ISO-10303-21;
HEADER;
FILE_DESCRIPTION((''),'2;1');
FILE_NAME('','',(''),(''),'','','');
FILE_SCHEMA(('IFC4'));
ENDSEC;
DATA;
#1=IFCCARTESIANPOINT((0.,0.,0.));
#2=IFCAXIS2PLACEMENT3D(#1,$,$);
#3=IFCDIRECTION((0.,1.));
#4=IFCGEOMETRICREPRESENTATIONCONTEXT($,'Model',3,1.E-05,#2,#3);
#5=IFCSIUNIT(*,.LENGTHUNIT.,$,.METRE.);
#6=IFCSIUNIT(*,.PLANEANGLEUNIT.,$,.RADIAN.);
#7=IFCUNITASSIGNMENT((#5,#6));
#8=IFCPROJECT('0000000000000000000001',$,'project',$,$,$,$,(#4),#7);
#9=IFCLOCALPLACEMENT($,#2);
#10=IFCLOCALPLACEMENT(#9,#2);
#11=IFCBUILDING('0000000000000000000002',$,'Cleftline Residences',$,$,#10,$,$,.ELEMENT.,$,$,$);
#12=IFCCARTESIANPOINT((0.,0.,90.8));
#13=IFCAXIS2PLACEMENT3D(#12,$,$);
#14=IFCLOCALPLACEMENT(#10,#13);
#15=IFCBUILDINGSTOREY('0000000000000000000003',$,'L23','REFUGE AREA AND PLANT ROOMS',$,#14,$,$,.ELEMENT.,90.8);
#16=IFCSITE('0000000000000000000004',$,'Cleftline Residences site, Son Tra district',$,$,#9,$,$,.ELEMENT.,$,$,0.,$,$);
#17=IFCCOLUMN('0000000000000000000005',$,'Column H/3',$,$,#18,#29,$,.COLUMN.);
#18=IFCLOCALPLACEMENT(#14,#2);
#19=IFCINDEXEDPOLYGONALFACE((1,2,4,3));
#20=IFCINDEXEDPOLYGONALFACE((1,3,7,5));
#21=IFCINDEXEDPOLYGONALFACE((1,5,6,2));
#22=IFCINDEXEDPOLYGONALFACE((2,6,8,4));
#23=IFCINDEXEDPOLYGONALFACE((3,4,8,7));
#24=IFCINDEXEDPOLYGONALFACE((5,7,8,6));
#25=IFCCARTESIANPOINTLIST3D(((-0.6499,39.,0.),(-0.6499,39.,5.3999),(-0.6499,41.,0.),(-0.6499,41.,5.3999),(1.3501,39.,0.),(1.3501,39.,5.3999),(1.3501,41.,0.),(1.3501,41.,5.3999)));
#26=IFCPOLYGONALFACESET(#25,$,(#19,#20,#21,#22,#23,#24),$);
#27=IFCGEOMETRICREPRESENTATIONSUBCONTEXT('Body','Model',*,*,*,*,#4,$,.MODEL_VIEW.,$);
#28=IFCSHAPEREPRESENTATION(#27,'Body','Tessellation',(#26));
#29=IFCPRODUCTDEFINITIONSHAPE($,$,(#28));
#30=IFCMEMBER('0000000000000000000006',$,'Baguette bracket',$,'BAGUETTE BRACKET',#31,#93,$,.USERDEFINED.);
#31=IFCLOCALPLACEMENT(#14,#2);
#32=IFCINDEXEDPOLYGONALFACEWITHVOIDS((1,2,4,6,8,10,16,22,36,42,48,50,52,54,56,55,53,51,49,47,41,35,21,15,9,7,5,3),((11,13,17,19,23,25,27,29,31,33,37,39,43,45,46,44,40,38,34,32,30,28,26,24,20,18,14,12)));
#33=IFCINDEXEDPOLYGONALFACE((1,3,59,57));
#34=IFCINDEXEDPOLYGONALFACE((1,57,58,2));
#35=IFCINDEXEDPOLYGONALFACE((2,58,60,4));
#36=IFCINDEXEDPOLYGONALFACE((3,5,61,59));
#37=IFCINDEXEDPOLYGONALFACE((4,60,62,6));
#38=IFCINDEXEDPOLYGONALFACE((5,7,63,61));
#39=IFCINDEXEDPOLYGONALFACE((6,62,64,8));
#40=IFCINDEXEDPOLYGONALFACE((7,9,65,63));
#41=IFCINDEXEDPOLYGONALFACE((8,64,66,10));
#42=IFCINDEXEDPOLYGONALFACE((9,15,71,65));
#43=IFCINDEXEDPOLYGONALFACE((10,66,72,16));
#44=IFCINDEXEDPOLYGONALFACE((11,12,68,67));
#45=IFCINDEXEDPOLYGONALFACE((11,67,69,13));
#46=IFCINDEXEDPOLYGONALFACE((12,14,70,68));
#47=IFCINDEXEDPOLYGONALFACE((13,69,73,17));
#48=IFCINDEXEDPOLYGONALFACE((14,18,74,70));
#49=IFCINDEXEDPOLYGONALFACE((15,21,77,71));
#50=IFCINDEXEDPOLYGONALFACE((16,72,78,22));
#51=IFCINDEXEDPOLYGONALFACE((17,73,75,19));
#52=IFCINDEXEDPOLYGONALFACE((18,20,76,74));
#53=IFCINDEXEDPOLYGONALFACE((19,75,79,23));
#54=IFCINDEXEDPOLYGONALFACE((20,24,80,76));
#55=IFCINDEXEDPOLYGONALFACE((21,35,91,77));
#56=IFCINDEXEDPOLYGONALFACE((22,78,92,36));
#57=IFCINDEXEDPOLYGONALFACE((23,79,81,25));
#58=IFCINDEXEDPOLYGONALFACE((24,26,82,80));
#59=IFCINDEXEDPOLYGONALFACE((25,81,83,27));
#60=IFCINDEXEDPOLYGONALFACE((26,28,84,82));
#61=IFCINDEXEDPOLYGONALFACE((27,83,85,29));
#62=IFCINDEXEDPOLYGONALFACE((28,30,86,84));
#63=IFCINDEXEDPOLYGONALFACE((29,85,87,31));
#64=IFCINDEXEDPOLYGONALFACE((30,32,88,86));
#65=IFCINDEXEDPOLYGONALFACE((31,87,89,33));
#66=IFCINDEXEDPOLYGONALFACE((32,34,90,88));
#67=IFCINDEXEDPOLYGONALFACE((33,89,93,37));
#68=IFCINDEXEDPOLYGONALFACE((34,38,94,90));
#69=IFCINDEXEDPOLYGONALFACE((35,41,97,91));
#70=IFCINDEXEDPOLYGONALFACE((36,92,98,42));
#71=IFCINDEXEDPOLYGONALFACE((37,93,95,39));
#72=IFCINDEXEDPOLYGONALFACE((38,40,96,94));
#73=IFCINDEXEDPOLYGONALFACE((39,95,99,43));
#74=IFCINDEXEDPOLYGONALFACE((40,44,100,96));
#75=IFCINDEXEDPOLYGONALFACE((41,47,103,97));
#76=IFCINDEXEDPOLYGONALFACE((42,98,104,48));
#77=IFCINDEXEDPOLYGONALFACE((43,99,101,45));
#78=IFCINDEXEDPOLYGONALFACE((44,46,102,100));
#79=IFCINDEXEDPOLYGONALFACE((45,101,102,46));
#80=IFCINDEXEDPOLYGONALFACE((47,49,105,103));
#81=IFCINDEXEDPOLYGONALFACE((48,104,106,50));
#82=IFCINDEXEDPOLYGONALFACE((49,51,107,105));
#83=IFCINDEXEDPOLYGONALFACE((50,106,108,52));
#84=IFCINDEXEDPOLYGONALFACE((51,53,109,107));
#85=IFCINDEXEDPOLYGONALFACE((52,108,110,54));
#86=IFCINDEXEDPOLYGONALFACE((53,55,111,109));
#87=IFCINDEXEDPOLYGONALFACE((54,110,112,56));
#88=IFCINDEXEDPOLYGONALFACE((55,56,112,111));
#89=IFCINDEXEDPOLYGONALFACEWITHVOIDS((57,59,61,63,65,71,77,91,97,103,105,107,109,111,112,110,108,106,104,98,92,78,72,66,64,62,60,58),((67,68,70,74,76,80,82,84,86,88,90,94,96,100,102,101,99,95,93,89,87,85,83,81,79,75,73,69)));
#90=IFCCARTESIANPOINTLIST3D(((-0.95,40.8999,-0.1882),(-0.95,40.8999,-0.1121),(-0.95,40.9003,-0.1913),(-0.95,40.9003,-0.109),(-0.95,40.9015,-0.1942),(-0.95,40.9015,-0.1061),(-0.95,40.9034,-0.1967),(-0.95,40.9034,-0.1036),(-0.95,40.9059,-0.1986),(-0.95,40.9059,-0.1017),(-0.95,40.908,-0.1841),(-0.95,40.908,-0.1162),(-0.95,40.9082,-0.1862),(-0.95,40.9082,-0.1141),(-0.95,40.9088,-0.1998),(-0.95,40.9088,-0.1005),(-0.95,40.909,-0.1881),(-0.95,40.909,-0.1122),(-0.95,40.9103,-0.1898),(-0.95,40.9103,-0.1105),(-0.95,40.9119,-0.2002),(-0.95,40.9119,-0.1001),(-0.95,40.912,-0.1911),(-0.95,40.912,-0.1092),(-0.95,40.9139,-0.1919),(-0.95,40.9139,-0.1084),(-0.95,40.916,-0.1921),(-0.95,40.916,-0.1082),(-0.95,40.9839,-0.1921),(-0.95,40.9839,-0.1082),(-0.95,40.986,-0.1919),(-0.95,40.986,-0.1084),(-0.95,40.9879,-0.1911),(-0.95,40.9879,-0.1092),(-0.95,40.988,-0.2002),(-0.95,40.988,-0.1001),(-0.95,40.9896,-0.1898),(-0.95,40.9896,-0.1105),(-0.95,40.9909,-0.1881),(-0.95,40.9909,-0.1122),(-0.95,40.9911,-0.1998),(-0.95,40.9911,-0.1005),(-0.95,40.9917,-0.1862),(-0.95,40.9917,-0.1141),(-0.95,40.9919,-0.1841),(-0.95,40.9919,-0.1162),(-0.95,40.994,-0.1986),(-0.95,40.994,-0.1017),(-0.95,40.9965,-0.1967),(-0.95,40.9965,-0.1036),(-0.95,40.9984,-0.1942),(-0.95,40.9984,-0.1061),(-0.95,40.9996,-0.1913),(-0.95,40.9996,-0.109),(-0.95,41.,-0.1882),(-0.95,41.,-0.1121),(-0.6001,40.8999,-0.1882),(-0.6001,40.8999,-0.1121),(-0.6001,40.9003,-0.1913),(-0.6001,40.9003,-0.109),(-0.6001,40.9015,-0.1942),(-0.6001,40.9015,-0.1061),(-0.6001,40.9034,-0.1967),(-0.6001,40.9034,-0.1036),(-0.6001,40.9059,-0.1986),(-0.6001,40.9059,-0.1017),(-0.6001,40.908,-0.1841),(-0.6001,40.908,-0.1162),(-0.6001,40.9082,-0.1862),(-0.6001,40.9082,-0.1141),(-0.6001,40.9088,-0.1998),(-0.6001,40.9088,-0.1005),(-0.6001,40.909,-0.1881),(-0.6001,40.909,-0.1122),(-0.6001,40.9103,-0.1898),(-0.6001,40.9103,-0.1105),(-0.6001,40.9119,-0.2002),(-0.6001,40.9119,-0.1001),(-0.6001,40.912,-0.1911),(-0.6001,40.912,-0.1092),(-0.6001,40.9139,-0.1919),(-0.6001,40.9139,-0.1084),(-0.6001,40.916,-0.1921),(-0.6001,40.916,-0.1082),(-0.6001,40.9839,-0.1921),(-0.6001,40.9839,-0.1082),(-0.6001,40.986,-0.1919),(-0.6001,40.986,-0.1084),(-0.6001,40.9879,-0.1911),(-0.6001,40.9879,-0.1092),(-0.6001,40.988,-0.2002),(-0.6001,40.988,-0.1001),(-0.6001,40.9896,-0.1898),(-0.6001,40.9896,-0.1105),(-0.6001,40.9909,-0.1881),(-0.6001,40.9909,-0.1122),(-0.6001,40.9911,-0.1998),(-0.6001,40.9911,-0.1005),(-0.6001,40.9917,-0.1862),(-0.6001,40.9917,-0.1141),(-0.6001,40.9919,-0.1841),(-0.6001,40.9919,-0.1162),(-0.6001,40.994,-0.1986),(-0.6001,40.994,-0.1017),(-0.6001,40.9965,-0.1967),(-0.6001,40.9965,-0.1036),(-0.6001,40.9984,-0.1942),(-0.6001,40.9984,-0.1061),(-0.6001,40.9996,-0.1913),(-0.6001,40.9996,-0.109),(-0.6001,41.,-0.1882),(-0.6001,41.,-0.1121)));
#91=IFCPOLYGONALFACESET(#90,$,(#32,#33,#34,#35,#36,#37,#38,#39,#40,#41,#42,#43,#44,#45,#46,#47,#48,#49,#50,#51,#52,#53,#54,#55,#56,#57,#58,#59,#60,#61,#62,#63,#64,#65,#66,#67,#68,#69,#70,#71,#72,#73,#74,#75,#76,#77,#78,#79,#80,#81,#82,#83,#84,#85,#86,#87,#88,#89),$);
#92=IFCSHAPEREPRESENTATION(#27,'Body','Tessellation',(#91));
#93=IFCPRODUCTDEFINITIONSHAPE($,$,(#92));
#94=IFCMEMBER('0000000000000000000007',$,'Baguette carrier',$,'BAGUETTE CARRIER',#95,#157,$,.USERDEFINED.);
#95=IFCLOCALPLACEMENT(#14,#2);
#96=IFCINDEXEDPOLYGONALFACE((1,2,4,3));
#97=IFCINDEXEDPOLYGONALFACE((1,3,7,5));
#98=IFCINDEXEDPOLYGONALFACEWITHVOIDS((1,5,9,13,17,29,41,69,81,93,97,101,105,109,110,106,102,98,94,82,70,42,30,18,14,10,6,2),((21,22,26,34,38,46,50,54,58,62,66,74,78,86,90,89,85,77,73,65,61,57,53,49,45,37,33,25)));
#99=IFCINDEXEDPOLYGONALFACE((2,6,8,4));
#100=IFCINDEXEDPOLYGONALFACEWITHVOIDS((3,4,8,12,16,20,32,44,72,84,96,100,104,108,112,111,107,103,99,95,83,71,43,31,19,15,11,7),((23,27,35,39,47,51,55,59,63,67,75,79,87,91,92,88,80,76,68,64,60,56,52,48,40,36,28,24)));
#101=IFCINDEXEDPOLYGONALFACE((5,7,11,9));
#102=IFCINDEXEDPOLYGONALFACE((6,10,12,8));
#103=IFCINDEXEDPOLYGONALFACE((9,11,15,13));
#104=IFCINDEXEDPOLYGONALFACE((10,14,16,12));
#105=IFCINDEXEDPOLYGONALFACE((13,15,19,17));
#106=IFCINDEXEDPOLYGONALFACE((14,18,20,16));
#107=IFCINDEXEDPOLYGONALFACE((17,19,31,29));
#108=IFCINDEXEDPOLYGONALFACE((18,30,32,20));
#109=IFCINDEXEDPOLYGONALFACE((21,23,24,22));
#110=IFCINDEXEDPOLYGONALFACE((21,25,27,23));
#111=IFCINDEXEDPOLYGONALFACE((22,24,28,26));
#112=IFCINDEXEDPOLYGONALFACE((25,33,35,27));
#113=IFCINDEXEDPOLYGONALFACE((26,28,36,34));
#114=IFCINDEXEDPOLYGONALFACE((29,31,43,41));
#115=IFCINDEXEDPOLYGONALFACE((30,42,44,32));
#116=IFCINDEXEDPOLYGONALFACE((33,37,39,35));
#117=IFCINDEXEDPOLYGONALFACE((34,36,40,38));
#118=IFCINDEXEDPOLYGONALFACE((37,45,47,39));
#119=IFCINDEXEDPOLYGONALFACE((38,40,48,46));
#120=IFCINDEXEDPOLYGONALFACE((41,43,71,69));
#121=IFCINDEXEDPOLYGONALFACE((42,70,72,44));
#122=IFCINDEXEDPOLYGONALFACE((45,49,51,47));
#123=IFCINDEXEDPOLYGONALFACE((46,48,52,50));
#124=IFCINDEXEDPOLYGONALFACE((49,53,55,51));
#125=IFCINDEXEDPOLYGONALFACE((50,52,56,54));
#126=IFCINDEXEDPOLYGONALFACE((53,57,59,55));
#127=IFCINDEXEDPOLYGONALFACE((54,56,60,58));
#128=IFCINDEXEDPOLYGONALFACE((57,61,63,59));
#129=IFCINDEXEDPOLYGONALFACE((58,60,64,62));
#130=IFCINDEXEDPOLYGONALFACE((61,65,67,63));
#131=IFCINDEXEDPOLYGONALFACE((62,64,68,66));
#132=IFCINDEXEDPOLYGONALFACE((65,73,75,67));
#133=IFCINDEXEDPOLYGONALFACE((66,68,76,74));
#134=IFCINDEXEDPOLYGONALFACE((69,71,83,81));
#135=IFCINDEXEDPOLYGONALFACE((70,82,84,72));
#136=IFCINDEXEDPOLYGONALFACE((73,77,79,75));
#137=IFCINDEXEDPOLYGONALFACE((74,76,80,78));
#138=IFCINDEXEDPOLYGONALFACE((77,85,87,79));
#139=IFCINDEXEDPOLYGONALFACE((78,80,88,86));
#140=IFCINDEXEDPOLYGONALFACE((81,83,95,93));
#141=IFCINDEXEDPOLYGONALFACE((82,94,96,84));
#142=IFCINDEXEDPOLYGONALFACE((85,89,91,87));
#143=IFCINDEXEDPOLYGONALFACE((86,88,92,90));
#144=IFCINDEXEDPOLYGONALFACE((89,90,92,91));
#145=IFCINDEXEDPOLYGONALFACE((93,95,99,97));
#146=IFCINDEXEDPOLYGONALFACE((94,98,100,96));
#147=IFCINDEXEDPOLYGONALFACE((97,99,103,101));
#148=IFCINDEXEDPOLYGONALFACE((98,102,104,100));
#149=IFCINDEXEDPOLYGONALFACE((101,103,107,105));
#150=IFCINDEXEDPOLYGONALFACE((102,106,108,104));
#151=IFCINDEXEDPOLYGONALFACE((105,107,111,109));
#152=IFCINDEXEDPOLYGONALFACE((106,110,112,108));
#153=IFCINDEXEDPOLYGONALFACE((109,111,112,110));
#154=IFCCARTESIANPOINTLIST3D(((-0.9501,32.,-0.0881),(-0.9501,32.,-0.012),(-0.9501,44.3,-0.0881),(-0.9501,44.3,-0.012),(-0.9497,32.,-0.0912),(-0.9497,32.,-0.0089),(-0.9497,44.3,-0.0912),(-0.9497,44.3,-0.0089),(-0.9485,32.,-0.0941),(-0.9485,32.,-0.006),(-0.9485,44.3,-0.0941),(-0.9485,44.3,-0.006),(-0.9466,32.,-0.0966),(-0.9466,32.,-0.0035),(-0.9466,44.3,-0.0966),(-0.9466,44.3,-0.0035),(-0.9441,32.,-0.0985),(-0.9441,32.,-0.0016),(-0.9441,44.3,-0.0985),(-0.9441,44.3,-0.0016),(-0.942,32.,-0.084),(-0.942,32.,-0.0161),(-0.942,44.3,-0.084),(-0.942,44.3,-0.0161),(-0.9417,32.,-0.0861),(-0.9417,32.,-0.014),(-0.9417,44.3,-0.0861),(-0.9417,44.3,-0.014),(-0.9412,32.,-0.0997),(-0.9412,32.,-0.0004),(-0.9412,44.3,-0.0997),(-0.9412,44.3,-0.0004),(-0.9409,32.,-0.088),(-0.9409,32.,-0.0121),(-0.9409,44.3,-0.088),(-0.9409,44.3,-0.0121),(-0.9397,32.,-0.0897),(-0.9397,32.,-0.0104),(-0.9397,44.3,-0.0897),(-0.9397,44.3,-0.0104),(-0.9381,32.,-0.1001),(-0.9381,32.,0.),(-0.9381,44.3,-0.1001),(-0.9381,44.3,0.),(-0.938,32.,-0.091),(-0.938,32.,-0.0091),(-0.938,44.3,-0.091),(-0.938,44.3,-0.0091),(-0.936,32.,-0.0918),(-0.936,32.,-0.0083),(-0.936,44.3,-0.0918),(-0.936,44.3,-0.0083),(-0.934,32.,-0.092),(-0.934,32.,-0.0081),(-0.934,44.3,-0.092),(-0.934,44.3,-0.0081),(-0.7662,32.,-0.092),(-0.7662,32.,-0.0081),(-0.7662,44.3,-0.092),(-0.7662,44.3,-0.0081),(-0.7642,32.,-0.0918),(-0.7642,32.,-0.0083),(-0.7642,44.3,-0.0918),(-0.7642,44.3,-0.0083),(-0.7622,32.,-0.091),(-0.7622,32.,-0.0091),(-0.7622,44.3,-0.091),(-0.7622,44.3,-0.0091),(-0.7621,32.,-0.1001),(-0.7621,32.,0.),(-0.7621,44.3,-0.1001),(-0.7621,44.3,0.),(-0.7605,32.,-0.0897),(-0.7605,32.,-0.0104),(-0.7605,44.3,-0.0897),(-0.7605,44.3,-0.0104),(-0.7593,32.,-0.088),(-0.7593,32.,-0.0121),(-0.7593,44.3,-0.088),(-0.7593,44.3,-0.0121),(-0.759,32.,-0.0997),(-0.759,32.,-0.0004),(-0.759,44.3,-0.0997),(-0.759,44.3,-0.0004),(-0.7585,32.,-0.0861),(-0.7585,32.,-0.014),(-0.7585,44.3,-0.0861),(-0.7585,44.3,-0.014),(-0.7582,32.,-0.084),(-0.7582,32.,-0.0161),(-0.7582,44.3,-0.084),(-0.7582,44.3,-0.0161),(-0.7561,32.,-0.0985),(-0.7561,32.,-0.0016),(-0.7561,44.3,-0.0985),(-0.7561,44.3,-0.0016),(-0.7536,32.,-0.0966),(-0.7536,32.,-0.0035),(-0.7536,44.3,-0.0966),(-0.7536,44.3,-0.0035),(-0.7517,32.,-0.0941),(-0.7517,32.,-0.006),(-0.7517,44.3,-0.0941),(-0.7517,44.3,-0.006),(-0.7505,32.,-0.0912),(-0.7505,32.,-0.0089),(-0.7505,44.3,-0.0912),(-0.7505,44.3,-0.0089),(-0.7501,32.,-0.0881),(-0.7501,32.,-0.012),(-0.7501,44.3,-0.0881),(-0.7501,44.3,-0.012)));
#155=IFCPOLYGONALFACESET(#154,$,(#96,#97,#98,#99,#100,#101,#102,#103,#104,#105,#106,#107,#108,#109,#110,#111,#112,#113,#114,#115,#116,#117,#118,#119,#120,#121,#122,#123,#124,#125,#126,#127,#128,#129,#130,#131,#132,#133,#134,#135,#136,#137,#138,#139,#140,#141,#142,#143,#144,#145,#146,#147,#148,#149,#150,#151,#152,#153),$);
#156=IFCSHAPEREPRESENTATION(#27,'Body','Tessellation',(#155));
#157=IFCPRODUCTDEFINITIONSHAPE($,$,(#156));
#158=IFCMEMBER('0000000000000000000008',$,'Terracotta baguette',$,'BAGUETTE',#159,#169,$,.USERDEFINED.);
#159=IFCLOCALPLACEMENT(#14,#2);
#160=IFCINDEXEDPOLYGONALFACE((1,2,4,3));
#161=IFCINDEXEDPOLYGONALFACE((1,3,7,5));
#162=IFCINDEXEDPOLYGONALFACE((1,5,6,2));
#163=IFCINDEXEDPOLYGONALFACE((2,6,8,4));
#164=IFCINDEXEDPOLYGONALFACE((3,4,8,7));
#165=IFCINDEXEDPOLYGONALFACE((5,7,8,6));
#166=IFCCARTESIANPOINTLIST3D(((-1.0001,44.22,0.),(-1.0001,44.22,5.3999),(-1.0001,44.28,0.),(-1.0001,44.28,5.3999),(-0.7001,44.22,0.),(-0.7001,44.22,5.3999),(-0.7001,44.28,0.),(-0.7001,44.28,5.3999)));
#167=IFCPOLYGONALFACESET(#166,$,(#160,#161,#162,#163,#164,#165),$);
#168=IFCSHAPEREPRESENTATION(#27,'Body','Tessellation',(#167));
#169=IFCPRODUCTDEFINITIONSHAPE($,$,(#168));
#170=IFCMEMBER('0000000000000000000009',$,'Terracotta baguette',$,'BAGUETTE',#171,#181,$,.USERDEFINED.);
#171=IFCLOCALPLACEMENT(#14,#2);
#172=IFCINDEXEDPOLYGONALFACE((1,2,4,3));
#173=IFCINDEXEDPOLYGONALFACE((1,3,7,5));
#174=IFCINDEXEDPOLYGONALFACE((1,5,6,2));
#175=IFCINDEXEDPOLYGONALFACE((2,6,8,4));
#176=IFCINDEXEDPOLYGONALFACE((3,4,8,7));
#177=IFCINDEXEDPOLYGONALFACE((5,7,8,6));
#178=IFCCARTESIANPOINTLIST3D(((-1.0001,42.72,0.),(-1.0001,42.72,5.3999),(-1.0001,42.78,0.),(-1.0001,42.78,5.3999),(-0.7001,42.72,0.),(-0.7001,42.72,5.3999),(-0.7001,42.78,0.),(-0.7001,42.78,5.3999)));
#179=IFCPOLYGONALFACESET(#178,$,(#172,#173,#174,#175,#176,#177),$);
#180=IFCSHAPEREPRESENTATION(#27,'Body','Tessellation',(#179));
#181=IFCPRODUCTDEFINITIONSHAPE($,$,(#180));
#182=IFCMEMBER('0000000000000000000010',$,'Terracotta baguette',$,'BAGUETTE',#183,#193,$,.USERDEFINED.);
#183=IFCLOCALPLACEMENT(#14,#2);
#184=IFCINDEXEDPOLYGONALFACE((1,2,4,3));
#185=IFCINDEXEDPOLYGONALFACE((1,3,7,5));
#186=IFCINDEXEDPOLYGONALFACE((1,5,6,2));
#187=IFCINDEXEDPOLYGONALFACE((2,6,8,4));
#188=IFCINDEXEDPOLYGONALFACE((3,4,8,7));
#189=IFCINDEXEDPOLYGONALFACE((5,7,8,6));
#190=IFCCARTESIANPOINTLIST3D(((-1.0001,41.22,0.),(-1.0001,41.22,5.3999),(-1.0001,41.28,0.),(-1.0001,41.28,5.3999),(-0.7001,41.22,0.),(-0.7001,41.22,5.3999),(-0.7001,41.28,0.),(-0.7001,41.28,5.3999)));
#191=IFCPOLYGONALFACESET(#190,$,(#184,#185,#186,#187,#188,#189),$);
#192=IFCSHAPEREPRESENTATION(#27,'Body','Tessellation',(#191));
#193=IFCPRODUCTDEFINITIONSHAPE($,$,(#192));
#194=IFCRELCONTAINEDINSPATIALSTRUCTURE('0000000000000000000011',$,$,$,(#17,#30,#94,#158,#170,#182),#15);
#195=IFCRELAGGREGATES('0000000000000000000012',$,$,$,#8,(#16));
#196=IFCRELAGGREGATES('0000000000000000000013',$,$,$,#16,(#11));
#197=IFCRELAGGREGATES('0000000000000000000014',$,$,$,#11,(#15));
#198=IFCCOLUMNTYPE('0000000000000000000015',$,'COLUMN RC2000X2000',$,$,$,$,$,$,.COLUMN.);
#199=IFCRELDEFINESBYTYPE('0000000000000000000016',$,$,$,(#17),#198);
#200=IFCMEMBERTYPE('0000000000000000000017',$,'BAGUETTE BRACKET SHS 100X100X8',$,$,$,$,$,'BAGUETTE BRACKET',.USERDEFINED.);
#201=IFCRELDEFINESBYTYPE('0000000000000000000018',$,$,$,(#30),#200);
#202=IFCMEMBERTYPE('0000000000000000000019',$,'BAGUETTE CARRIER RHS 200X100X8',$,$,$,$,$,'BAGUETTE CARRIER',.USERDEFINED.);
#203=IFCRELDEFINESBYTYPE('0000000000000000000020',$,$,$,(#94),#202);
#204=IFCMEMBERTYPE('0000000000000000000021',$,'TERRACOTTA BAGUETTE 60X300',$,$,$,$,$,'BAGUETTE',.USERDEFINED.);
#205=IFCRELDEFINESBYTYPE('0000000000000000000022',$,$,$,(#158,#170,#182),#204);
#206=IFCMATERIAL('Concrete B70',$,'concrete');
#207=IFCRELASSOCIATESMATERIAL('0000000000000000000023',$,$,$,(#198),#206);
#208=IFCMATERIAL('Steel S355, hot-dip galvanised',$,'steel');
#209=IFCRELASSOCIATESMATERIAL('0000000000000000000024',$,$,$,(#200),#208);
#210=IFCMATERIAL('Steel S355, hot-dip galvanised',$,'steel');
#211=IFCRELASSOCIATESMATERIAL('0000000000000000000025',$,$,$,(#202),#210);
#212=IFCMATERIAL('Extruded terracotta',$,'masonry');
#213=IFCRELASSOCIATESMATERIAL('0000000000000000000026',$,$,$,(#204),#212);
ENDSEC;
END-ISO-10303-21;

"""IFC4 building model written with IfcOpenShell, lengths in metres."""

from ifc_helpers import new_model, si_unit, direction, frame, origin, origin_2d, place, context, subcontext, project, spatial, rectangle, hollow_rectangle, extrude, material, material_profile, profile_set, type_object, element, save


model = new_model("IFC4")

# Units and contexts
model_context = context("Model", 3, precision=1e-05, world=origin(), true_north=direction((0.0, 1.0)))
body_context = subcontext(model_context, "Body", "Model", "MODEL_VIEW")
ifc_project = project(units=[si_unit("LENGTHUNIT", "METRE"), si_unit("PLANEANGLEUNIT", "RADIAN")], contexts=[model_context])

# Site, building, storey
site_placement = place(None, origin())
site = spatial("IfcSite", under=ifc_project, at=site_placement, Name="Cleftline Residences site, Son Tra district", CompositionType="ELEMENT", RefElevation=0.0)
building_placement = place(site_placement, origin())
building = spatial("IfcBuilding", under=site, at=building_placement, Name="Cleftline Residences", CompositionType="ELEMENT")
storey_placement = place(building_placement, frame((0.0, 0.0, 90.8)))
storey = spatial("IfcBuildingStorey", under=building, at=storey_placement, Name="L23", Description="REFUGE AREA AND PLANT ROOMS", CompositionType="ELEMENT", Elevation=90.8)

# Column
ifc_material_1 = material(Name="Concrete B70", Category="concrete")
ifc_material_profile_1 = material_profile(ifc_material_1, rectangle(XDim=2.0, YDim=2.0, at=origin_2d()))
ifc_profile_set_1 = profile_set([ifc_material_profile_1], Name="Concrete B70")
column_type = type_object("IfcColumnType", Name="COLUMN RC2000X2000", PredefinedType="COLUMN", material=ifc_profile_set_1)
column_placement = place(storey_placement, frame((0.3501, 40.0, 0.0), z_axis=(0.0, 0.0, 1.0), x_axis=(1.0, 0.0, 0.0)))
element("IfcColumn", 1, at=column_placement, inside=storey, type_object=column_type, Name="Column H/3", PredefinedType="COLUMN", context=body_context, shape_type="SweptSolid", body=[
    extrude(rectangle(XDim=2.0, YDim=2.0, at=origin_2d()), origin(), (0.0, 0.0, 1.0), 5.3999),
])

# Members
ifc_material_2 = material(Name="Steel S355, hot-dip galvanised", Category="steel")
ifc_material_profile_2 = material_profile(ifc_material_2, hollow_rectangle(XDim=0.1001, YDim=0.1001, WallThickness=0.0081, InnerFilletRadius=0.0081, OuterFilletRadius=0.012, at=origin_2d()))
ifc_profile_set_2 = profile_set([ifc_material_profile_2], Name="Steel S355, hot-dip galvanised")
member_type_1 = type_object("IfcMemberType", Name="BAGUETTE BRACKET SHS 100X100X8", ElementType="BAGUETTE BRACKET", PredefinedType="USERDEFINED", material=ifc_profile_set_2)
member_1_placement = place(storey_placement, frame((-0.6001, 40.95, -0.1501), z_axis=(-1.0, 0.0, 0.0), x_axis=(0.0, -1.0, 0.0)))
element("IfcMember", 2, at=member_1_placement, inside=storey, type_object=member_type_1, Name="Baguette bracket", ObjectType="BAGUETTE BRACKET", PredefinedType="USERDEFINED", context=body_context, shape_type="SweptSolid", body=[
    extrude(hollow_rectangle(XDim=0.1001, YDim=0.1001, WallThickness=0.0081, InnerFilletRadius=0.0081, OuterFilletRadius=0.012, at=origin_2d()), origin(), (0.0, 0.0, 1.0), 0.3499),
])
ifc_material_3 = material(Name="Steel S355, hot-dip galvanised", Category="steel")
ifc_material_profile_3 = material_profile(ifc_material_3, hollow_rectangle(XDim=0.1001, YDim=0.2, WallThickness=0.0081, InnerFilletRadius=0.0081, OuterFilletRadius=0.012, at=origin_2d()))
ifc_profile_set_3 = profile_set([ifc_material_profile_3], Name="Steel S355, hot-dip galvanised")
member_type_2 = type_object("IfcMemberType", Name="BAGUETTE CARRIER RHS 200X100X8", ElementType="BAGUETTE CARRIER", PredefinedType="USERDEFINED", material=ifc_profile_set_3)
member_2_placement = place(storey_placement, frame((-0.8501, 44.3, -0.05), z_axis=(0.0, -1.0, 0.0), x_axis=(0.0, 0.0, 1.0)))
element("IfcMember", 3, at=member_2_placement, inside=storey, type_object=member_type_2, Name="Baguette carrier", ObjectType="BAGUETTE CARRIER", PredefinedType="USERDEFINED", context=body_context, shape_type="SweptSolid", body=[
    extrude(hollow_rectangle(XDim=0.1001, YDim=0.2, WallThickness=0.0081, InnerFilletRadius=0.0081, OuterFilletRadius=0.012, at=origin_2d()), origin(), (0.0, 0.0, 1.0), 12.3),
])
ifc_material_4 = material(Name="Extruded terracotta", Category="masonry")
ifc_material_profile_4 = material_profile(ifc_material_4, rectangle(XDim=0.0601, YDim=0.3, at=origin_2d()))
ifc_profile_set_4 = profile_set([ifc_material_profile_4], Name="Extruded terracotta")
member_type_3 = type_object("IfcMemberType", Name="TERRACOTTA BAGUETTE 60X300", ElementType="BAGUETTE", PredefinedType="USERDEFINED", material=ifc_profile_set_4)
for number, where, z_axis, x_axis, name in (
    (4, (-0.8501, 44.25, 0.0), (0.0, 0.0, 1.0), (0.0, 1.0, 0.0), "Terracotta baguette"),
    (5, (-0.8501, 42.75, 0.0), (0.0, 0.0, 1.0), (0.0, 1.0, 0.0), "Terracotta baguette"),
    (6, (-0.8501, 41.25, 0.0), (0.0, 0.0, 1.0), (0.0, 1.0, 0.0), "Terracotta baguette"),
):
    element("IfcMember", number, at=place(storey_placement, frame(where, z_axis=z_axis, x_axis=x_axis)), inside=storey, type_object=member_type_3, Name=name, ObjectType="BAGUETTE", PredefinedType="USERDEFINED", context=body_context, shape_type="SweptSolid", body=[
        extrude(rectangle(XDim=0.0601, YDim=0.3, at=origin_2d()), origin(), (0.0, 0.0, 1.0), 5.3999),
    ])

save(model, "model.ifc")
